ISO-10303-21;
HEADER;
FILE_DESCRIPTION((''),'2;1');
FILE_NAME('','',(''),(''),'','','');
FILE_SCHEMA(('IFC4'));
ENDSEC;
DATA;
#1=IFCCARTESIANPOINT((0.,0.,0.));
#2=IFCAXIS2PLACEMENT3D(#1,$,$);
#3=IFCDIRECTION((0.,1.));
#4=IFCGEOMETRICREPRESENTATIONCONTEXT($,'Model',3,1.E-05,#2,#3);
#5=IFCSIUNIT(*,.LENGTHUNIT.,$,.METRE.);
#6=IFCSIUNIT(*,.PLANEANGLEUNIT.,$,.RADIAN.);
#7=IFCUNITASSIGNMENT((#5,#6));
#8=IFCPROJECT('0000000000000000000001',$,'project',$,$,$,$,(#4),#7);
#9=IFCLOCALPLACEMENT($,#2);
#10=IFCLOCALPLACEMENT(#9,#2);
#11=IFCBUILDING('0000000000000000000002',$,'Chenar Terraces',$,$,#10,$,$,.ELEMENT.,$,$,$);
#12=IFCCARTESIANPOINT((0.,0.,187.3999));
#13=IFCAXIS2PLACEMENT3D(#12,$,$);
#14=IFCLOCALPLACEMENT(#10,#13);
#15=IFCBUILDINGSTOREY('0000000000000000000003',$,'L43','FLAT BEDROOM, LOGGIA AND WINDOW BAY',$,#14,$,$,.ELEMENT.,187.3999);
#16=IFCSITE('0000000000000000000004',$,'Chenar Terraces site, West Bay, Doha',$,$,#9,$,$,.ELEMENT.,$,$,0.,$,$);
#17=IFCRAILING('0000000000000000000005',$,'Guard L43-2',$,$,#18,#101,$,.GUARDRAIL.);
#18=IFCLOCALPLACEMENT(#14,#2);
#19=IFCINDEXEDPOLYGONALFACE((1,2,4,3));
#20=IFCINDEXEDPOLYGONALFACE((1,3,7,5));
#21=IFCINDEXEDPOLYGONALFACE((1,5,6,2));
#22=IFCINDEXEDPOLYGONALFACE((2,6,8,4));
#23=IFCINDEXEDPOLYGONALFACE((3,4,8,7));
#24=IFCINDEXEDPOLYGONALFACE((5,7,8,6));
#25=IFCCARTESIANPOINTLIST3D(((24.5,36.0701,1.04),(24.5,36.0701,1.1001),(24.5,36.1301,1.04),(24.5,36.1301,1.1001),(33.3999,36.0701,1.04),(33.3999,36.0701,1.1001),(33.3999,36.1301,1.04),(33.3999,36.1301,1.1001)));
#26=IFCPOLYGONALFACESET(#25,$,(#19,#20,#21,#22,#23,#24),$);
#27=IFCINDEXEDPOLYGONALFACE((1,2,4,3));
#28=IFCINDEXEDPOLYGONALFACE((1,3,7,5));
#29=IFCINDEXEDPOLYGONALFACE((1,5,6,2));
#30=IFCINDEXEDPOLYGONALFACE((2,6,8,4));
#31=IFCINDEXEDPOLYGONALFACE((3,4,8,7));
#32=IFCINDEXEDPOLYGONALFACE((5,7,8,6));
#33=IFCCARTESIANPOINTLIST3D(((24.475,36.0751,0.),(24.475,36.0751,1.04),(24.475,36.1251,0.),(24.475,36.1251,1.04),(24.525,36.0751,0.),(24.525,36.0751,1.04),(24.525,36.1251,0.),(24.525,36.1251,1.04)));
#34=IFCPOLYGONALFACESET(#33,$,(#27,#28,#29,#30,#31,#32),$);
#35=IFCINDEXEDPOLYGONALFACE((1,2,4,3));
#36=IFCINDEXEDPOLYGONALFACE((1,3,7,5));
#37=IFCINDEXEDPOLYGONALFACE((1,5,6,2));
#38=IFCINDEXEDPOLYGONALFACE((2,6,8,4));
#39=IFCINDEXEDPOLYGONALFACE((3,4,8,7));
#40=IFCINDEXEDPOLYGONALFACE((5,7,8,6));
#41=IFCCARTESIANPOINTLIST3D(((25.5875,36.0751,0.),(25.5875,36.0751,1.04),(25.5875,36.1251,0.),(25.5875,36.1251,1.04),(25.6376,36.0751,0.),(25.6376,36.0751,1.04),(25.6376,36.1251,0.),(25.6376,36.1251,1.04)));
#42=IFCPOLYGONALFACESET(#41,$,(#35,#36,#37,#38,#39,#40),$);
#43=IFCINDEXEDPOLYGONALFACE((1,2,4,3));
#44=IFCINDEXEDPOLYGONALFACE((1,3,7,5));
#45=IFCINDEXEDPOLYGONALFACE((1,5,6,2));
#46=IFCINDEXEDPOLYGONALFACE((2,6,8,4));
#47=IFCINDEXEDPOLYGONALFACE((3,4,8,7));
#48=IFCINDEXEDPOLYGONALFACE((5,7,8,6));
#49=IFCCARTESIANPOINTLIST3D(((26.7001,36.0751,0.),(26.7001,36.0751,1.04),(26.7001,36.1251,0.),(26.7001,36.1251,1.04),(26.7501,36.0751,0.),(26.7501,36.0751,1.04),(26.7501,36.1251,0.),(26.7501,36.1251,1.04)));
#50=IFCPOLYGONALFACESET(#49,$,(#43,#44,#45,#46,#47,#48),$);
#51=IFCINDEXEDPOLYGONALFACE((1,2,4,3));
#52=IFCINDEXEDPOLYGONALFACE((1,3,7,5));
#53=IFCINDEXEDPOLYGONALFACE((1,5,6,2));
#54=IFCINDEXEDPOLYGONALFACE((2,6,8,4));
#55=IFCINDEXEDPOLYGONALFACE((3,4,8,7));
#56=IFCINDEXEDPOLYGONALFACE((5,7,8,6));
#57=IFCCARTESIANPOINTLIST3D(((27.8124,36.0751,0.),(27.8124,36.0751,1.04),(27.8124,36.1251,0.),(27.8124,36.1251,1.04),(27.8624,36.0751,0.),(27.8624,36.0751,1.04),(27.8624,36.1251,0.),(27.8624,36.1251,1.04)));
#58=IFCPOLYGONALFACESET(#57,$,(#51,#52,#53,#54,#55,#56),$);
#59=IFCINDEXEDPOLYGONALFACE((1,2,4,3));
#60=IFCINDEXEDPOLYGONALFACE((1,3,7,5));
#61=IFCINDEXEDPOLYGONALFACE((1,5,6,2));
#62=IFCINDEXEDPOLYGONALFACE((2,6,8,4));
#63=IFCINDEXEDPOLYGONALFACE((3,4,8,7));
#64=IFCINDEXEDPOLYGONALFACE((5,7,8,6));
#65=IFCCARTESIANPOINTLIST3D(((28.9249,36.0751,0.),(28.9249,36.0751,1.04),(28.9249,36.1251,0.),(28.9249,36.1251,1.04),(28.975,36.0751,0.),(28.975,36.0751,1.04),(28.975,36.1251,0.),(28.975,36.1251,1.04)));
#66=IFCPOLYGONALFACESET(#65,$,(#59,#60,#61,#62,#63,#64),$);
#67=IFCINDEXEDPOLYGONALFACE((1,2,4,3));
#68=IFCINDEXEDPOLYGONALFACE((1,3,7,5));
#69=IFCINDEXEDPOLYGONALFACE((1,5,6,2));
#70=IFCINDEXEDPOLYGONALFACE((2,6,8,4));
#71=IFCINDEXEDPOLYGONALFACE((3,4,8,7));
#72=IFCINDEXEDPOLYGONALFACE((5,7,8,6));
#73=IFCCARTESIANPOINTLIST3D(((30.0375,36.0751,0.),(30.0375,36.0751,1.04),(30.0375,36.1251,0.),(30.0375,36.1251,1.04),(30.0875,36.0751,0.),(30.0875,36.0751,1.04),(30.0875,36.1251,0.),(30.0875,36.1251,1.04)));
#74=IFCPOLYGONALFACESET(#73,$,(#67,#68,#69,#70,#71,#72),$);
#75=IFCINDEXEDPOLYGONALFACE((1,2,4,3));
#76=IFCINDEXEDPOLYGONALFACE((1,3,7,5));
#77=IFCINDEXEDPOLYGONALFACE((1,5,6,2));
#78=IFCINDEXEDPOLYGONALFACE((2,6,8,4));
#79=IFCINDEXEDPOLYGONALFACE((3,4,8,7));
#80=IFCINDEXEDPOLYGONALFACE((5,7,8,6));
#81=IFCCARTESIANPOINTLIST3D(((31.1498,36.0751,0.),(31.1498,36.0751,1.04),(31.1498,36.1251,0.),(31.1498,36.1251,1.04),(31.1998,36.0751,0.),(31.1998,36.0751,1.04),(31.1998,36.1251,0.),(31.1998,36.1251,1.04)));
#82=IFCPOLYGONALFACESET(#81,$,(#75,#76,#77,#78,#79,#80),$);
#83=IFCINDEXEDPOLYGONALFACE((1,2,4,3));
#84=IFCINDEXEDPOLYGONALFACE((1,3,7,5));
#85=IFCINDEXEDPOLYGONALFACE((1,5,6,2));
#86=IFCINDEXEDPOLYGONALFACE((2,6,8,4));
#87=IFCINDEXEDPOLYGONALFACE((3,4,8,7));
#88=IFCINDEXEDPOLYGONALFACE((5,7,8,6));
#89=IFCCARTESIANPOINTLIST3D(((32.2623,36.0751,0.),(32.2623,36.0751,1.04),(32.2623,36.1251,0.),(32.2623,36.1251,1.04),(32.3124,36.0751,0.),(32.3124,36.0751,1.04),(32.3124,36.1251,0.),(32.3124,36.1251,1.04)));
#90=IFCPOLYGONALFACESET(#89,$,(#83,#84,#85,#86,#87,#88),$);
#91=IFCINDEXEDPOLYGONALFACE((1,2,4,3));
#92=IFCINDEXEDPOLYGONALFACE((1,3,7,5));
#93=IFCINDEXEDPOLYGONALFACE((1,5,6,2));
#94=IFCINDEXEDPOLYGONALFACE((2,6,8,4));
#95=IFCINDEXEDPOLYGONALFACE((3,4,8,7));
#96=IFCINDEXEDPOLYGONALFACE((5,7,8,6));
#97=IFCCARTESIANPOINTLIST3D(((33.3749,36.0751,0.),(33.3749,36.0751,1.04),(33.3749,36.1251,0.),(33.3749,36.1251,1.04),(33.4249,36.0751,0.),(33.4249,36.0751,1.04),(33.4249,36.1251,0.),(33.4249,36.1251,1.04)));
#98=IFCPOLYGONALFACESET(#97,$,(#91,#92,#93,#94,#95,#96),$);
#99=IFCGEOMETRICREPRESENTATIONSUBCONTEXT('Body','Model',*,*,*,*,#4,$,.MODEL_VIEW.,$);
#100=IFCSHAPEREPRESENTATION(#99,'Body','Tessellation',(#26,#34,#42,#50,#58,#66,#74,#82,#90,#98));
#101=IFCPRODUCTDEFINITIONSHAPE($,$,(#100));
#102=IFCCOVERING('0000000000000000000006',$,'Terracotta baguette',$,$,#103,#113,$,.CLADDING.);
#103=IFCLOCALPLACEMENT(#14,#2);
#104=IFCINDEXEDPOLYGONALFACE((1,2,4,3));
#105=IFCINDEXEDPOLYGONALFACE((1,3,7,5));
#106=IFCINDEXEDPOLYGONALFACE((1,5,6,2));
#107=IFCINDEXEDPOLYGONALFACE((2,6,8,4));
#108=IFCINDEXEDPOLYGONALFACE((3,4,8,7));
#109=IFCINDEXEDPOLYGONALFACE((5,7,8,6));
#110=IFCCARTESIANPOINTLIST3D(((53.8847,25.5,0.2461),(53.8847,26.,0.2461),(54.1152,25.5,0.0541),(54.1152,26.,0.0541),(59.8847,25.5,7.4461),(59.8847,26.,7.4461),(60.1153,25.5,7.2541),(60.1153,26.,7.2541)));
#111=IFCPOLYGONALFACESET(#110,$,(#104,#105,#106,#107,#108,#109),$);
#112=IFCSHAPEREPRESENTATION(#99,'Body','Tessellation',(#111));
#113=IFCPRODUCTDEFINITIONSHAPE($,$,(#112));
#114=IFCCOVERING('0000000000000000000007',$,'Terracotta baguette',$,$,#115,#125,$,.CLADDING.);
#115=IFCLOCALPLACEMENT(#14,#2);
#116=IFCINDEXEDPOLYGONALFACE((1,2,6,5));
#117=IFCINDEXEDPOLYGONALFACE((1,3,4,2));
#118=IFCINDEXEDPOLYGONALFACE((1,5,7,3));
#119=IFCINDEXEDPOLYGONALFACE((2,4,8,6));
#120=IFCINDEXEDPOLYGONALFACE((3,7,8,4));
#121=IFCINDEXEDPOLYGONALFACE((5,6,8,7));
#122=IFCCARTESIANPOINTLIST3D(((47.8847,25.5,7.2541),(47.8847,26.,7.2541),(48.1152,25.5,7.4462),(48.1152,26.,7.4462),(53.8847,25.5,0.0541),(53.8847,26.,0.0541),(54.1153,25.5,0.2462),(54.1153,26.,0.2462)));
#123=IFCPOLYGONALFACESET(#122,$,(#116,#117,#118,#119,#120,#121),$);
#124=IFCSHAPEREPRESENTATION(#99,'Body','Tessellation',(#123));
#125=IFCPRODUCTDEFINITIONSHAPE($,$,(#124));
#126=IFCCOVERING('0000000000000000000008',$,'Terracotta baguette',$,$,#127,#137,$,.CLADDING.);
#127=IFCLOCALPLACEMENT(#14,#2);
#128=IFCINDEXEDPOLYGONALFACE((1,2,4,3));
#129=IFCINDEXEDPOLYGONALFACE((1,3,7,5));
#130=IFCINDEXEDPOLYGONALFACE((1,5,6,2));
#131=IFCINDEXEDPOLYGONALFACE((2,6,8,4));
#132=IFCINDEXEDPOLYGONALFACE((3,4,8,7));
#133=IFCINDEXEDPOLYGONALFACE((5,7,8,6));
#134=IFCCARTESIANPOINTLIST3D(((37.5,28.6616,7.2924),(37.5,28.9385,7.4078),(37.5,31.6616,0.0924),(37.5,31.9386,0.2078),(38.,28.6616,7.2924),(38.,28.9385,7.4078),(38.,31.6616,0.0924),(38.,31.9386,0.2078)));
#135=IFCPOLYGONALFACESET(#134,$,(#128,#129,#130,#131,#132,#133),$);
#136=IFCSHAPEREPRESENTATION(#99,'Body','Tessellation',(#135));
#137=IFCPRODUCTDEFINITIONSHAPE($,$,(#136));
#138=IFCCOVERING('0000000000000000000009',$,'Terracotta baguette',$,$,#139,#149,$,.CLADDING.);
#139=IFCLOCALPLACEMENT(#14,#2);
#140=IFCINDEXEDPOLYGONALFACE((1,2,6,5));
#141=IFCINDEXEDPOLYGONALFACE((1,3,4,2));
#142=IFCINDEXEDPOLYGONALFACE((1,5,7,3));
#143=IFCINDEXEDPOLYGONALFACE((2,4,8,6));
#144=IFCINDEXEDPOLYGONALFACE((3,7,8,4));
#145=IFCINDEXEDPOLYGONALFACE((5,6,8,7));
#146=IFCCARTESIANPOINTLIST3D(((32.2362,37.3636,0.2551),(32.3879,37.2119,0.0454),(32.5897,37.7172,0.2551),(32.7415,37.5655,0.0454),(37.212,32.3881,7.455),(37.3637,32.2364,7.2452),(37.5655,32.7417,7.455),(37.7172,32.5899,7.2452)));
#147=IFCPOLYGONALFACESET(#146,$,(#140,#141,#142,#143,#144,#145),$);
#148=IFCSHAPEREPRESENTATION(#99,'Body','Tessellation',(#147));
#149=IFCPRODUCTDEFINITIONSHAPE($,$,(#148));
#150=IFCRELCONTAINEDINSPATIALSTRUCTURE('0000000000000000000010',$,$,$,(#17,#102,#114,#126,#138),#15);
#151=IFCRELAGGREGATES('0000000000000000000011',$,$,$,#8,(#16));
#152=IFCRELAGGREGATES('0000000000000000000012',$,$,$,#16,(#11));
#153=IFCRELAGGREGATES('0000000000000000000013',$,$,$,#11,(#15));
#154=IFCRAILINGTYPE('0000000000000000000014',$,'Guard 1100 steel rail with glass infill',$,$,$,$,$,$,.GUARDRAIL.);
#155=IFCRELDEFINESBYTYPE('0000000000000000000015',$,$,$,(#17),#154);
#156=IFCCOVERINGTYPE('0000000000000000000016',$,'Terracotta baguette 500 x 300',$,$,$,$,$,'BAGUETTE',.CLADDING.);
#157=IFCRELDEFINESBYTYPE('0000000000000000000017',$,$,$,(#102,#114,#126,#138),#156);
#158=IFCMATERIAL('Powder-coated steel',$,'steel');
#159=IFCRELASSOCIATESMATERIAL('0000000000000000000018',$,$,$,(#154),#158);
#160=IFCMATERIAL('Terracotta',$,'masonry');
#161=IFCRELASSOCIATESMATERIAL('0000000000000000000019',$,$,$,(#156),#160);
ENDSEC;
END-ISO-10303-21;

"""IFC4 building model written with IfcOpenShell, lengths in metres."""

from ifc_helpers import new_model, si_unit, direction, frame, origin, origin_2d, place, context, subcontext, project, spatial, rectangle, extrude, material, material_profile, profile_set, type_object, element, save


model = new_model("IFC4")

# Units and contexts
model_context = context("Model", 3, precision=1e-05, world=origin(), true_north=direction((0.0, 1.0)))
body_context = subcontext(model_context, "Body", "Model", "MODEL_VIEW")
ifc_project = project(units=[si_unit("LENGTHUNIT", "METRE"), si_unit("PLANEANGLEUNIT", "RADIAN")], contexts=[model_context])

# Site, building, storey
site_placement = place(None, origin())
site = spatial("IfcSite", under=ifc_project, at=site_placement, Name="Chenar Terraces site, West Bay, Doha", CompositionType="ELEMENT", RefElevation=0.0)
building_placement = place(site_placement, origin())
building = spatial("IfcBuilding", under=site, at=building_placement, Name="Chenar Terraces", CompositionType="ELEMENT")
storey_placement = place(building_placement, frame((0.0, 0.0, 187.3999)))
storey = spatial("IfcBuildingStorey", under=building, at=storey_placement, Name="L43", Description="FLAT BEDROOM, LOGGIA AND WINDOW BAY", CompositionType="ELEMENT", Elevation=187.3999)

# Railing
ifc_material_1 = material(Name="Powder-coated steel", Category="steel")
railing_type = type_object("IfcRailingType", Name="Guard 1100 steel rail with glass infill", PredefinedType="GUARDRAIL", material=ifc_material_1)
railing_placement = place(storey_placement, frame((24.5, 36.1001, 0.0)))
element("IfcRailing", 1, at=railing_placement, inside=storey, type_object=railing_type, Name="Guard L43-2", PredefinedType="GUARDRAIL", context=body_context, shape_type="SweptSolid", body=[
    extrude(rectangle(XDim=0.0601, YDim=0.0601, at=origin_2d()), frame((0.0, 0.0, 1.0701), z_axis=(1.0, 0.0, 0.0), x_axis=(0.0, 1.0, 0.0)), (0.0, 0.0, 1.0), 8.8999),
    extrude(rectangle(XDim=0.05, YDim=0.05, at=origin_2d()), origin(), (0.0, 0.0, 1.0), 1.04),
    extrude(rectangle(XDim=0.05, YDim=0.05, at=origin_2d()), frame((1.1125, 0.0, 0.0)), (0.0, 0.0, 1.0), 1.04),
    extrude(rectangle(XDim=0.05, YDim=0.05, at=origin_2d()), frame((2.2251, 0.0, 0.0)), (0.0, 0.0, 1.0), 1.04),
    extrude(rectangle(XDim=0.05, YDim=0.05, at=origin_2d()), frame((3.3374, 0.0, 0.0)), (0.0, 0.0, 1.0), 1.04),
    extrude(rectangle(XDim=0.05, YDim=0.05, at=origin_2d()), frame((4.45, 0.0, 0.0)), (0.0, 0.0, 1.0), 1.04),
    extrude(rectangle(XDim=0.05, YDim=0.05, at=origin_2d()), frame((5.5625, 0.0, 0.0)), (0.0, 0.0, 1.0), 1.04),
    extrude(rectangle(XDim=0.05, YDim=0.05, at=origin_2d()), frame((6.6748, 0.0, 0.0)), (0.0, 0.0, 1.0), 1.04),
    extrude(rectangle(XDim=0.05, YDim=0.05, at=origin_2d()), frame((7.7874, 0.0, 0.0)), (0.0, 0.0, 1.0), 1.04),
    extrude(rectangle(XDim=0.05, YDim=0.05, at=origin_2d()), frame((8.8999, 0.0, 0.0)), (0.0, 0.0, 1.0), 1.04),
])

# Coverings
ifc_material_2 = material(Name="Terracotta", Category="masonry")
ifc_material_profile_1 = material_profile(ifc_material_2, rectangle(XDim=0.5, YDim=0.3, at=origin_2d()), Name="Terracotta baguette 500 x 300")
ifc_profile_set_1 = profile_set([ifc_material_profile_1], Name="Terracotta")
covering_type = type_object("IfcCoveringType", Name="Terracotta baguette 500 x 300", ElementType="BAGUETTE", PredefinedType="CLADDING", material=ifc_profile_set_1)
for number, where, z_axis, x_axis, name in (
    (2, (60.0, 25.75, 7.3501), (-0.640187, 0.0, -0.768219), (0.0, -1.0, 0.0), "Terracotta baguette"),
    (3, (54.0, 25.75, 0.1501), (-0.640187, 0.0, 0.768219), (0.0, -1.0, 0.0), "Terracotta baguette"),
):
    element("IfcCovering", number, at=place(storey_placement, frame(where, z_axis=z_axis, x_axis=x_axis)), inside=storey, type_object=covering_type, Name=name, PredefinedType="CLADDING", context=body_context, shape_type="SweptSolid", body=[
        extrude(rectangle(XDim=0.5, YDim=0.3, at=origin_2d()), origin(), (0.0, 0.0, 1.0), 9.3723),
    ])
covering_1_placement = place(storey_placement, frame((37.75, 28.8, 7.3501), z_axis=(0.0, 0.384618, -0.923076), x_axis=(-1.0, 0.0, 0.0)))
element("IfcCovering", 4, at=covering_1_placement, inside=storey, type_object=covering_type, Name="Terracotta baguette", PredefinedType="CLADDING", context=body_context, shape_type="SweptSolid", body=[
    extrude(rectangle(XDim=0.5, YDim=0.3, at=origin_2d()), origin(), (0.0, 0.0, 1.0), 7.8),
])
covering_2_placement = place(storey_placement, frame((37.4646, 32.489, 7.3501), z_axis=(-0.494247, 0.494222, -0.715167), x_axis=(-0.707089, -0.707124, 0.0)))
element("IfcCovering", 5, at=covering_2_placement, inside=storey, type_object=covering_type, Name="Terracotta baguette", PredefinedType="CLADDING", context=body_context, shape_type="SweptSolid", body=[
    extrude(rectangle(XDim=0.5, YDim=0.3, at=origin_2d()), origin(), (0.0, 0.0, 1.0), 10.0674),
])

save(model, "model.ifc")
